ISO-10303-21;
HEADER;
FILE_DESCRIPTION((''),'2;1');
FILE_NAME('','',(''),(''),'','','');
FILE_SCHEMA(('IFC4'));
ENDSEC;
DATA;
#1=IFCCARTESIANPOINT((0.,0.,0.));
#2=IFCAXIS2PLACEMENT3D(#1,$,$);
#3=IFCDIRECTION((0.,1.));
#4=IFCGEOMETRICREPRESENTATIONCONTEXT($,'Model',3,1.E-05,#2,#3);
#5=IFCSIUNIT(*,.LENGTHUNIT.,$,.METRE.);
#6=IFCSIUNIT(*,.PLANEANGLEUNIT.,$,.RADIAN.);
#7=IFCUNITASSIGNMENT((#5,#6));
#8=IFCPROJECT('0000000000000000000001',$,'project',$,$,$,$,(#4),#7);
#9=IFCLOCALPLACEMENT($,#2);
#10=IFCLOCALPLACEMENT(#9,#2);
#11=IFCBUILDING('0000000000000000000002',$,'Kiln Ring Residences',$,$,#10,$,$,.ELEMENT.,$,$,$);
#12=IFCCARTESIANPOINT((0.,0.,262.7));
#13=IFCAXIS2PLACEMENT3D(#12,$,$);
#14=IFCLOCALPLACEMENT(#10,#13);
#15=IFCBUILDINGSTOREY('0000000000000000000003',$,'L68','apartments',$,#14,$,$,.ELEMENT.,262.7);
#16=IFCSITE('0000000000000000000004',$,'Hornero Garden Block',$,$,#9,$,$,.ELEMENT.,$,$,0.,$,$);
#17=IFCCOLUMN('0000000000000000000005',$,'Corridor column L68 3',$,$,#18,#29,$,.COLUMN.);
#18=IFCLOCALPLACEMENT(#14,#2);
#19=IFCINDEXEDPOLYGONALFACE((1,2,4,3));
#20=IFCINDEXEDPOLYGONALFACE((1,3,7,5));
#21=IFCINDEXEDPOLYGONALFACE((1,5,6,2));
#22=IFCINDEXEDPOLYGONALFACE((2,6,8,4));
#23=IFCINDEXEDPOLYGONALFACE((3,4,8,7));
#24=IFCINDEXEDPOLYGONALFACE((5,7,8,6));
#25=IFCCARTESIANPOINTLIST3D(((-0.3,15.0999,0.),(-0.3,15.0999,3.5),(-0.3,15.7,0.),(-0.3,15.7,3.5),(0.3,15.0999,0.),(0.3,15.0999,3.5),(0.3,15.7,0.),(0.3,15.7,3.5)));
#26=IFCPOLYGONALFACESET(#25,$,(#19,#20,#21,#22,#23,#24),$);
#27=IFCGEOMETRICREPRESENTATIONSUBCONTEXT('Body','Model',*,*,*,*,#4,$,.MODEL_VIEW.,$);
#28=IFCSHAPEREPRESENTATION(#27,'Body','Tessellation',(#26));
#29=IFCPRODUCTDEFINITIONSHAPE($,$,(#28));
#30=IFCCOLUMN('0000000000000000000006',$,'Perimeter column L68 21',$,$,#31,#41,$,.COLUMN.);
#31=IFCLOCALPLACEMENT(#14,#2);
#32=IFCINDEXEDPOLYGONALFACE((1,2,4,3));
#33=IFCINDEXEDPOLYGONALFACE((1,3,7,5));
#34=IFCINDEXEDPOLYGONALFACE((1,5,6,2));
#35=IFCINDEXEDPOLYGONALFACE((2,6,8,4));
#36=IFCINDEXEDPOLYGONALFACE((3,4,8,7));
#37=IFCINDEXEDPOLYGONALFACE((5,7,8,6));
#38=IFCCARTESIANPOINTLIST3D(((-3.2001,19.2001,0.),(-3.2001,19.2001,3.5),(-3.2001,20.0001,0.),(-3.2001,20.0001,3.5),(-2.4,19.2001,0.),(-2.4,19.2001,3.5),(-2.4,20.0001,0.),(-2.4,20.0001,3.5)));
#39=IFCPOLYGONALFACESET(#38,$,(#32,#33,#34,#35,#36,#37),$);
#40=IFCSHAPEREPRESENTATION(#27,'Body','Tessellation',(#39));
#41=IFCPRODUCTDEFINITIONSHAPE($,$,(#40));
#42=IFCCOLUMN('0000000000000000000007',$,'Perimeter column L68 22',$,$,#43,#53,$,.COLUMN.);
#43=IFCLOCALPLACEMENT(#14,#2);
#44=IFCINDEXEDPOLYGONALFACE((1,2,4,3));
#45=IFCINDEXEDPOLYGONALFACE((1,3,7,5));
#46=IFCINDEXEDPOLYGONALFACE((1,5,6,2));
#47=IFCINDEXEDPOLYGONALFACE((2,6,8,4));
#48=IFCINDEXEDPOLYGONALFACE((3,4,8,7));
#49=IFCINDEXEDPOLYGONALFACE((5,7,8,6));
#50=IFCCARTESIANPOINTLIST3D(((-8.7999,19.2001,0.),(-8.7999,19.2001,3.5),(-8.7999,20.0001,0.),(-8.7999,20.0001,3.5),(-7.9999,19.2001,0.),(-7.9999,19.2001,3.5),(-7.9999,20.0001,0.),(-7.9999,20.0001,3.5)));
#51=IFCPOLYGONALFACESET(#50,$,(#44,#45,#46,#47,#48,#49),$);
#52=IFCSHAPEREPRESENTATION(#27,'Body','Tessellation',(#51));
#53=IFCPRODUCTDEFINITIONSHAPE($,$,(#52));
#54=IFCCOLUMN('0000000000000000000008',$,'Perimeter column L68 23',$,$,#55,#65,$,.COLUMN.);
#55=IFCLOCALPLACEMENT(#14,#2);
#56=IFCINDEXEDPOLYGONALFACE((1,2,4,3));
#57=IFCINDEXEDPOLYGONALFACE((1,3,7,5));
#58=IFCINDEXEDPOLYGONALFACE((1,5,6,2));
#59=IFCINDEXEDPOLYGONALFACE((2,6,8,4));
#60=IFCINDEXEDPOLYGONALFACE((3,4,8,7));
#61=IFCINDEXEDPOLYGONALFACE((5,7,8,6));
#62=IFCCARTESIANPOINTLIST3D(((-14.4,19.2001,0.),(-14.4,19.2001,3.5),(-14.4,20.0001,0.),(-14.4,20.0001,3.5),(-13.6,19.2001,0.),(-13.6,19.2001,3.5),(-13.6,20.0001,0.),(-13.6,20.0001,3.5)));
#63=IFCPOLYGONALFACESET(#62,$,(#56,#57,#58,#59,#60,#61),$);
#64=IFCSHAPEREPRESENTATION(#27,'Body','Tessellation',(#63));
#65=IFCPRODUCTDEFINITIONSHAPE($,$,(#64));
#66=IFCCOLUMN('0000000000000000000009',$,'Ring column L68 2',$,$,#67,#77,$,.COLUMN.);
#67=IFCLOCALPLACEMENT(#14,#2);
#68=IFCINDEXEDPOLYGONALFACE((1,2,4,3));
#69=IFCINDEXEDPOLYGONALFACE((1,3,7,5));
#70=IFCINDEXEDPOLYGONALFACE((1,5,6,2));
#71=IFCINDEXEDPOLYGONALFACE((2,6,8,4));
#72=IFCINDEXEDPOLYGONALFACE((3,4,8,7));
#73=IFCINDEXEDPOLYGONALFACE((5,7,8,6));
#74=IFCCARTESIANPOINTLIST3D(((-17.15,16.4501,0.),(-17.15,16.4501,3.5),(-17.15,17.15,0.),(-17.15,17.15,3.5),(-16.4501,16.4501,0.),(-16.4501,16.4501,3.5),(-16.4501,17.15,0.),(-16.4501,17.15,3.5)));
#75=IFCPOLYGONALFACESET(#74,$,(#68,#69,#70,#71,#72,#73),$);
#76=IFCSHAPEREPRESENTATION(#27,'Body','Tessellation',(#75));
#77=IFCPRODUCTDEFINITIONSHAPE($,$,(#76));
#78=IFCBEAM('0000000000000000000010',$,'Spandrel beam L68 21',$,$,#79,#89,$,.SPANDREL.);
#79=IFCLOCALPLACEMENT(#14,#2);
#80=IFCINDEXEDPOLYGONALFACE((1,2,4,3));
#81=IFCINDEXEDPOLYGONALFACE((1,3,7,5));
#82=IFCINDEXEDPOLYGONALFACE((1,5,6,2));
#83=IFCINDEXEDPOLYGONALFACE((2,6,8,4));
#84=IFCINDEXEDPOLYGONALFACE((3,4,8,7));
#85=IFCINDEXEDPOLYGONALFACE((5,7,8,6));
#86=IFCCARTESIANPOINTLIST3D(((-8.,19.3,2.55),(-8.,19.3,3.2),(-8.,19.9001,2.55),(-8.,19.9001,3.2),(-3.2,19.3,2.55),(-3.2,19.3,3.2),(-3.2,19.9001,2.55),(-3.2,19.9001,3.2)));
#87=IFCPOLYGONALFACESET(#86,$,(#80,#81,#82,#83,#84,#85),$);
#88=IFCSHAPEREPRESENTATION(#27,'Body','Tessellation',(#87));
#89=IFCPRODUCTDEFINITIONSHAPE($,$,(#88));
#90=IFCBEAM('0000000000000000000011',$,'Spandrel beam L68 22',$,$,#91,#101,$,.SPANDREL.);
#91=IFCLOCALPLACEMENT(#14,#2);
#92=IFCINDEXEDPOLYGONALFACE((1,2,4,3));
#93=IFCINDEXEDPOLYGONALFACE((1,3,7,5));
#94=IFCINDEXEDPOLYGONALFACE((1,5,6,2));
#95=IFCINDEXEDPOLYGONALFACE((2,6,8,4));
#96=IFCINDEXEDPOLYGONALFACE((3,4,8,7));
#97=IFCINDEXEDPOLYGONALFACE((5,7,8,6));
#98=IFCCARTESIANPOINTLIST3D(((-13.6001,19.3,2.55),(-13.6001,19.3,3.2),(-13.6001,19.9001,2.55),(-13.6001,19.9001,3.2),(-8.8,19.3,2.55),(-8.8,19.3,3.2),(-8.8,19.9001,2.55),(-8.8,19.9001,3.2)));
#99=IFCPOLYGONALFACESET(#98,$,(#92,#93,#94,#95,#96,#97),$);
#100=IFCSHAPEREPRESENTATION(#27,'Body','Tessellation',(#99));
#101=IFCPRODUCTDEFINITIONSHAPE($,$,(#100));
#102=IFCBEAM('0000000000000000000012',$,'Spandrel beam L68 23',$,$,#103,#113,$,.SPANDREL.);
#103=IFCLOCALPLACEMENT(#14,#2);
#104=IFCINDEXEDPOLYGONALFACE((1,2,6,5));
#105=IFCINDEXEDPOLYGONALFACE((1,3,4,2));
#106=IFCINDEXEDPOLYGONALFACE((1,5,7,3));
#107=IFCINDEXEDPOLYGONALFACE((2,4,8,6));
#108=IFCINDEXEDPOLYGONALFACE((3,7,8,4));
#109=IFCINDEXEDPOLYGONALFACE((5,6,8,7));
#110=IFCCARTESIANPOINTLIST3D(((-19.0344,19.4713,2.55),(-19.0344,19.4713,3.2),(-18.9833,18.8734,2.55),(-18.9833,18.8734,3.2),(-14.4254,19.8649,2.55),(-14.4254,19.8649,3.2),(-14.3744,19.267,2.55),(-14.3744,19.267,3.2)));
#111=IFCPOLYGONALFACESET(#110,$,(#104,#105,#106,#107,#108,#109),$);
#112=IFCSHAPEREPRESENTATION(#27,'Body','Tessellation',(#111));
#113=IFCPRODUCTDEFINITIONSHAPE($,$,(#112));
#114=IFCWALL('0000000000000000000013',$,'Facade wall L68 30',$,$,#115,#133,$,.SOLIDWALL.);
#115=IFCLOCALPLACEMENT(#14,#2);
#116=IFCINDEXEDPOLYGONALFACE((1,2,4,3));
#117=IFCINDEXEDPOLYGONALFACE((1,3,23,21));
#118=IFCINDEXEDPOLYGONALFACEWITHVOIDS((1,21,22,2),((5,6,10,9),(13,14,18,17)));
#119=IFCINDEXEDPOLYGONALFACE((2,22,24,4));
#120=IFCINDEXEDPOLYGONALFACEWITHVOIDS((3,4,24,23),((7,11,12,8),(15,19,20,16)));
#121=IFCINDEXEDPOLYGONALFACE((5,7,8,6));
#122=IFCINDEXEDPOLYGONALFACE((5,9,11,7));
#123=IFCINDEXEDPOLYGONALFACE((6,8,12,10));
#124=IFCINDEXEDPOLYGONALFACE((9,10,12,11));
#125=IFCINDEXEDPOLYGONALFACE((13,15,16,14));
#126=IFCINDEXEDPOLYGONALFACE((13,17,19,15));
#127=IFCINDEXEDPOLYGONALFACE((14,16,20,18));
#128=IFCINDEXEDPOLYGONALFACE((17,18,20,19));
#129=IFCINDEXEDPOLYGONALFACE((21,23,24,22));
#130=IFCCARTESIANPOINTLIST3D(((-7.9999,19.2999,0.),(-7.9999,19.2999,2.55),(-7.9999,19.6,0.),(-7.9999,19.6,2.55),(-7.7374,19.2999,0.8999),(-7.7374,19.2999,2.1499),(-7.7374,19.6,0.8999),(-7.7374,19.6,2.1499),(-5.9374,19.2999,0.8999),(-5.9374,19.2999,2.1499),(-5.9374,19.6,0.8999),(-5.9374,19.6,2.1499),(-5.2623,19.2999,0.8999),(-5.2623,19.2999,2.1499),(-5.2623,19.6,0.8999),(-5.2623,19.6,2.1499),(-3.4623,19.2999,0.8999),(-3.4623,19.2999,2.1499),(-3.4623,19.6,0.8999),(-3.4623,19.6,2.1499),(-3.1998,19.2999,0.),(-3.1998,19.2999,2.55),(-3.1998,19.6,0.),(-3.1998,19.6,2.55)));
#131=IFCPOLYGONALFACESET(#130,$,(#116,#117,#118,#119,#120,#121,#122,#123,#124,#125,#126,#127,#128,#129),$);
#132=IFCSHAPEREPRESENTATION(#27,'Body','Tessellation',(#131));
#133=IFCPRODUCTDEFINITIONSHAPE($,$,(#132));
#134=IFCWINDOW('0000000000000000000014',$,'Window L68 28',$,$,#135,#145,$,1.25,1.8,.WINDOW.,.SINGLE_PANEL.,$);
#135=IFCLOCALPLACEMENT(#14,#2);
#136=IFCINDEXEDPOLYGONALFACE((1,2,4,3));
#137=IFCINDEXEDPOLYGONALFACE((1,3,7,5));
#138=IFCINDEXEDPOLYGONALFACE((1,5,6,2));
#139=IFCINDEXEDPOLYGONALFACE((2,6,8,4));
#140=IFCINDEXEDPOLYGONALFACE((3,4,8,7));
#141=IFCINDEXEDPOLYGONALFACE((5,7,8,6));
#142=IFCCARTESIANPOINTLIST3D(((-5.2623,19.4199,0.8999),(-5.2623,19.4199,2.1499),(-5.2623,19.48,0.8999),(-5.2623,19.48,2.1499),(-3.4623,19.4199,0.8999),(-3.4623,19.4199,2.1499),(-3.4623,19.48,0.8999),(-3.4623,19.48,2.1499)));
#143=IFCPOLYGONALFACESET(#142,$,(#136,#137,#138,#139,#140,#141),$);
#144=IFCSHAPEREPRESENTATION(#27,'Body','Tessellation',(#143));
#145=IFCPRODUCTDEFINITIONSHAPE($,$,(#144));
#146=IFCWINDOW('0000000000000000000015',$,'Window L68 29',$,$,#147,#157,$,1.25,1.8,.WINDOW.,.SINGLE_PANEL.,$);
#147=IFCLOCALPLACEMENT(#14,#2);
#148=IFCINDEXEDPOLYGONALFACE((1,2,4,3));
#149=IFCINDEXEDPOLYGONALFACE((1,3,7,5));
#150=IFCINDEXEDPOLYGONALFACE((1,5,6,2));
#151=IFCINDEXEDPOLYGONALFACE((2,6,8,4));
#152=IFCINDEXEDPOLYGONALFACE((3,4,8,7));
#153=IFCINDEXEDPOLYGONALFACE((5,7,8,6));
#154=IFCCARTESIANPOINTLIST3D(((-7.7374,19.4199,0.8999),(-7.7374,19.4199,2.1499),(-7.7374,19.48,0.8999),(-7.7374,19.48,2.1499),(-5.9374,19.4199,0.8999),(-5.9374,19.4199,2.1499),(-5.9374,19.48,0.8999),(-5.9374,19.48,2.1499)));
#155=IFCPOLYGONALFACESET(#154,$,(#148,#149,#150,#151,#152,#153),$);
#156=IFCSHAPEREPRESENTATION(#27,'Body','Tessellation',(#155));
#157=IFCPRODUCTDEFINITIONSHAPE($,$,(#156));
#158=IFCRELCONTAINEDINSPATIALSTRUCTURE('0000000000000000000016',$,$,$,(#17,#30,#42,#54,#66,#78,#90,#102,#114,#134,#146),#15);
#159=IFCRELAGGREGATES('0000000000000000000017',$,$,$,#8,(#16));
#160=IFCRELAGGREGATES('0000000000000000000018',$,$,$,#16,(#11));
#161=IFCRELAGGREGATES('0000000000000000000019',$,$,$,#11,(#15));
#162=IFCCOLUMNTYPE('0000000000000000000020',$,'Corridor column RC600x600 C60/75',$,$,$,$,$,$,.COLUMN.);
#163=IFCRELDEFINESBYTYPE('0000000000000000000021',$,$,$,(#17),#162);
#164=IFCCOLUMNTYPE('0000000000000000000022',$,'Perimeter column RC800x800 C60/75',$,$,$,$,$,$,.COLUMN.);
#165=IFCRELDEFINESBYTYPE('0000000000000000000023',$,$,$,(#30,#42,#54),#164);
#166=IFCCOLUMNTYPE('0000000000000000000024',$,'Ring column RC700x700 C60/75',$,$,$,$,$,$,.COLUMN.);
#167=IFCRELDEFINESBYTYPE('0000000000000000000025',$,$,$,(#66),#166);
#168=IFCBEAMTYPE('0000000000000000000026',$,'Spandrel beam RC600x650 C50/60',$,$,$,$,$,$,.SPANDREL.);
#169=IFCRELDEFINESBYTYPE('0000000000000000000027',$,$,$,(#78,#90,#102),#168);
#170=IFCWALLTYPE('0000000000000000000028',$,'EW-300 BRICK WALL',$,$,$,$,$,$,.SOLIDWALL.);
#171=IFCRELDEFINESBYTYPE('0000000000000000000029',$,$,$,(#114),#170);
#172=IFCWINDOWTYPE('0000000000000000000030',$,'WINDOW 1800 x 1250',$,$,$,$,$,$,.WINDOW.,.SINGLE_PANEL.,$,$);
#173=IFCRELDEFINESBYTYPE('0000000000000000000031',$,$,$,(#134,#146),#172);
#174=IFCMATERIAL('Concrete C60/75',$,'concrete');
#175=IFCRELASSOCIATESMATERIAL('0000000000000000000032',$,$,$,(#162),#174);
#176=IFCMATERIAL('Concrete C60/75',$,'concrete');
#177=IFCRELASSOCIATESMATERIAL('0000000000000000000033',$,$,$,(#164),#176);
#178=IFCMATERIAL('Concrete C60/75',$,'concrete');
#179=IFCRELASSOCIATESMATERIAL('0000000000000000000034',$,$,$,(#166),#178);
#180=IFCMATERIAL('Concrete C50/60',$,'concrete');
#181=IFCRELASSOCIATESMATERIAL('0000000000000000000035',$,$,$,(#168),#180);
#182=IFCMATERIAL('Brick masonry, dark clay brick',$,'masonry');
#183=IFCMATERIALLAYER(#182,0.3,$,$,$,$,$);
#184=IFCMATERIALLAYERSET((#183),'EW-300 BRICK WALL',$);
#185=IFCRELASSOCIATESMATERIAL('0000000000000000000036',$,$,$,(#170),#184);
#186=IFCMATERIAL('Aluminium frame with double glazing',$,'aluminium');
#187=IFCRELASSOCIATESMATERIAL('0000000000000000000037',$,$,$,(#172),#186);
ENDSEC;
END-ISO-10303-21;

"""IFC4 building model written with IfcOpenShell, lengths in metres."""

from ifc_helpers import new_model, si_unit, direction, frame, frame_2d, origin, origin_2d, place, context, subcontext, project, spatial, rectangle, extrude, material, layer, layer_set, material_profile, profile_set, type_object, element, fill, save


model = new_model("IFC4")

# Units and contexts
model_context = context("Model", 3, precision=1e-05, world=origin(), true_north=direction((0.0, 1.0)))
body_context = subcontext(model_context, "Body", "Model", "MODEL_VIEW")
ifc_project = project(units=[si_unit("LENGTHUNIT", "METRE"), si_unit("PLANEANGLEUNIT", "RADIAN")], contexts=[model_context])

# Site, building, storey
site_placement = place(None, origin())
site = spatial("IfcSite", under=ifc_project, at=site_placement, Name="Hornero Garden Block", CompositionType="ELEMENT", RefElevation=0.0)
building_placement = place(site_placement, origin())
building = spatial("IfcBuilding", under=site, at=building_placement, Name="Kiln Ring Residences", CompositionType="ELEMENT")
storey_placement = place(building_placement, frame((0.0, 0.0, 262.7)))
storey = spatial("IfcBuildingStorey", under=building, at=storey_placement, Name="L68", Description="apartments", CompositionType="ELEMENT", Elevation=262.7)

# Columns
ifc_material_1 = material(Name="Concrete C60/75", Category="concrete")
ifc_material_profile_1 = material_profile(ifc_material_1, rectangle(XDim=0.6001, YDim=0.6001, at=origin_2d()), Name="RC600x600")
ifc_profile_set_1 = profile_set([ifc_material_profile_1], Name="Concrete C60/75")
column_type_1 = type_object("IfcColumnType", Name="Corridor column RC600x600 C60/75", PredefinedType="COLUMN", material=ifc_profile_set_1)
column_1_placement = place(storey_placement, frame((0.0, 15.3999, 0.0), z_axis=(0.0, 0.0, 1.0), x_axis=(1.0, 0.0, 0.0)))
element("IfcColumn", 1, at=column_1_placement, inside=storey, type_object=column_type_1, Name="Corridor column L68 3", PredefinedType="COLUMN", context=body_context, shape_type="SweptSolid", body=[
    extrude(rectangle(XDim=0.6001, YDim=0.6001, at=origin_2d()), origin(), (0.0, 0.0, 1.0), 3.5),
])
ifc_material_2 = material(Name="Concrete C60/75", Category="concrete")
ifc_material_profile_2 = material_profile(ifc_material_2, rectangle(XDim=0.8, YDim=0.8, at=origin_2d()), Name="RC800x800")
ifc_profile_set_2 = profile_set([ifc_material_profile_2], Name="Concrete C60/75")
column_type_2 = type_object("IfcColumnType", Name="Perimeter column RC800x800 C60/75", PredefinedType="COLUMN", material=ifc_profile_set_2)
for number, where, z_axis, x_axis, name in (
    (2, (-2.8, 19.6001, 0.0), (0.0, 0.0, 1.0), (1.0, 0.0, 0.0), "Perimeter column L68 21"),
    (3, (-8.3999, 19.6001, 0.0), (0.0, 0.0, 1.0), (1.0, 0.0, 0.0), "Perimeter column L68 22"),
    (4, (-14.0, 19.6001, 0.0), (0.0, 0.0, 1.0), (1.0, 0.0, 0.0), "Perimeter column L68 23"),
):
    element("IfcColumn", number, at=place(storey_placement, frame(where, z_axis=z_axis, x_axis=x_axis)), inside=storey, type_object=column_type_2, Name=name, PredefinedType="COLUMN", context=body_context, shape_type="SweptSolid", body=[
        extrude(rectangle(XDim=0.8, YDim=0.8, at=origin_2d()), origin(), (0.0, 0.0, 1.0), 3.5),
    ])
ifc_material_3 = material(Name="Concrete C60/75", Category="concrete")
ifc_material_profile_3 = material_profile(ifc_material_3, rectangle(XDim=0.7, YDim=0.7, at=origin_2d()), Name="RC700x700")
ifc_profile_set_3 = profile_set([ifc_material_profile_3], Name="Concrete C60/75")
column_type_3 = type_object("IfcColumnType", Name="Ring column RC700x700 C60/75", PredefinedType="COLUMN", material=ifc_profile_set_3)
column_2_placement = place(storey_placement, frame((-16.8, 16.8, 0.0), z_axis=(0.0, 0.0, 1.0), x_axis=(1.0, 0.0, 0.0)))
element("IfcColumn", 5, at=column_2_placement, inside=storey, type_object=column_type_3, Name="Ring column L68 2", PredefinedType="COLUMN", context=body_context, shape_type="SweptSolid", body=[
    extrude(rectangle(XDim=0.7, YDim=0.7, at=origin_2d()), origin(), (0.0, 0.0, 1.0), 3.5),
])

# Beams
ifc_material_4 = material(Name="Concrete C50/60", Category="concrete")
ifc_material_profile_4 = material_profile(ifc_material_4, rectangle(XDim=0.6001, YDim=0.6499, at=origin_2d()), Name="RC600x650")
ifc_profile_set_4 = profile_set([ifc_material_profile_4], Name="Concrete C50/60")
beam_type = type_object("IfcBeamType", Name="Spandrel beam RC600x650 C50/60", PredefinedType="SPANDREL", material=ifc_profile_set_4)
for number, where, z_axis, x_axis, name in (
    (6, (-3.2, 19.6001, 2.875), (-1.0, 0.0, 0.0), (0.0, -1.0, 0.0), "Spandrel beam L68 21"),
    (7, (-8.8, 19.6001, 2.875), (-1.0, 0.0, 0.0), (0.0, -1.0, 0.0), "Spandrel beam L68 22"),
):
    element("IfcBeam", number, at=place(storey_placement, frame(where, z_axis=z_axis, x_axis=x_axis)), inside=storey, type_object=beam_type, Name=name, PredefinedType="SPANDREL", context=body_context, shape_type="SweptSolid", body=[
        extrude(rectangle(XDim=0.6001, YDim=0.6499, at=origin_2d()), origin(), (0.0, 0.0, 1.0), 4.8),
    ])
beam_placement = place(storey_placement, frame((-14.3999, 19.5659, 2.875), z_axis=(-0.996374, -0.085081, 0.0), x_axis=(0.085081, -0.996374, 0.0)))
element("IfcBeam", 8, at=beam_placement, inside=storey, type_object=beam_type, Name="Spandrel beam L68 23", PredefinedType="SPANDREL", context=body_context, shape_type="SweptSolid", body=[
    extrude(rectangle(XDim=0.6001, YDim=0.6499, at=origin_2d()), origin(), (0.0, 0.0, 1.0), 4.6257),
])

# Wall, openings, windows
ifc_material_5 = material(Name="Brick masonry, dark clay brick", Category="masonry")
ifc_layer_1 = layer(ifc_material_5, 0.3)
ifc_layer_set_1 = layer_set([ifc_layer_1], Name="EW-300 BRICK WALL")
wall_type_1 = type_object("IfcWallType", Name="EW-300 BRICK WALL", PredefinedType="SOLIDWALL", material=ifc_layer_set_1)
wall_1_placement = place(storey_placement, frame((-3.2, 19.45, 0.0), z_axis=(0.0, 0.0, 1.0), x_axis=(-1.0, 0.0, 0.0)))
wall_1 = element("IfcWall", 9, at=wall_1_placement, inside=storey, type_object=wall_type_1, Name="Facade wall L68 30", PredefinedType="SOLIDWALL", context=body_context, shape_type="SweptSolid", body=[
    extrude(rectangle(XDim=4.8, YDim=0.3, at=frame_2d((2.3999, 0.0))), origin(), (0.0, 0.0, 1.0), 2.55),
])
opening_1_placement = place(wall_1_placement, frame((0.2625, 0.0, 0.8999)))
opening_1 = element("IfcOpeningElement", 10, at=opening_1_placement, cuts=wall_1, PredefinedType="OPENING", context=body_context, shape_type="SweptSolid", body=[
    extrude(rectangle(XDim=1.8, YDim=1.25, at=frame_2d((0.8999, 0.625))), frame((0.0, 0.1599, 0.0), z_axis=(0.0, -1.0, 0.0), x_axis=(1.0, 0.0, 0.0)), (0.0, 0.0, 1.0), 0.3201),
])
opening_2_placement = place(wall_1_placement, frame((2.7375, 0.0, 0.8999)))
opening_2 = element("IfcOpeningElement", 11, at=opening_2_placement, cuts=wall_1, PredefinedType="OPENING", context=body_context, shape_type="SweptSolid", body=[
    extrude(rectangle(XDim=1.8, YDim=1.25, at=frame_2d((0.8999, 0.625))), frame((0.0, 0.1599, 0.0), z_axis=(0.0, -1.0, 0.0), x_axis=(1.0, 0.0, 0.0)), (0.0, 0.0, 1.0), 0.3201),
])
ifc_material_6 = material(Name="Aluminium frame with double glazing", Category="aluminium")
window_type_1 = type_object("IfcWindowType", Name="WINDOW 1800 x 1250", PartitioningType="SINGLE_PANEL", PredefinedType="WINDOW", material=ifc_material_6)
window_1_placement = place(opening_1_placement, origin())
window_1 = element("IfcWindow", 12, at=window_1_placement, inside=storey, type_object=window_type_1, Name="Window L68 28", OverallHeight=1.25, OverallWidth=1.8, PartitioningType="SINGLE_PANEL", PredefinedType="WINDOW", context=body_context, shape_type="SweptSolid", body=[
    extrude(rectangle(XDim=1.8, YDim=1.25, at=frame_2d((0.8999, 0.625))), frame((0.0, 0.03, 0.0), z_axis=(0.0, -1.0, 0.0), x_axis=(1.0, 0.0, 0.0)), (0.0, 0.0, 1.0), 0.0601),
])
fill(opening_1, window_1)
window_2_placement = place(opening_2_placement, origin())
window_2 = element("IfcWindow", 13, at=window_2_placement, inside=storey, type_object=window_type_1, Name="Window L68 29", OverallHeight=1.25, OverallWidth=1.8, PartitioningType="SINGLE_PANEL", PredefinedType="WINDOW", context=body_context, shape_type="SweptSolid", body=[
    extrude(rectangle(XDim=1.8, YDim=1.25, at=frame_2d((0.8999, 0.625))), frame((0.0, 0.03, 0.0), z_axis=(0.0, -1.0, 0.0), x_axis=(1.0, 0.0, 0.0)), (0.0, 0.0, 1.0), 0.0601),
])
fill(opening_2, window_2)

save(model, "model.ifc")
